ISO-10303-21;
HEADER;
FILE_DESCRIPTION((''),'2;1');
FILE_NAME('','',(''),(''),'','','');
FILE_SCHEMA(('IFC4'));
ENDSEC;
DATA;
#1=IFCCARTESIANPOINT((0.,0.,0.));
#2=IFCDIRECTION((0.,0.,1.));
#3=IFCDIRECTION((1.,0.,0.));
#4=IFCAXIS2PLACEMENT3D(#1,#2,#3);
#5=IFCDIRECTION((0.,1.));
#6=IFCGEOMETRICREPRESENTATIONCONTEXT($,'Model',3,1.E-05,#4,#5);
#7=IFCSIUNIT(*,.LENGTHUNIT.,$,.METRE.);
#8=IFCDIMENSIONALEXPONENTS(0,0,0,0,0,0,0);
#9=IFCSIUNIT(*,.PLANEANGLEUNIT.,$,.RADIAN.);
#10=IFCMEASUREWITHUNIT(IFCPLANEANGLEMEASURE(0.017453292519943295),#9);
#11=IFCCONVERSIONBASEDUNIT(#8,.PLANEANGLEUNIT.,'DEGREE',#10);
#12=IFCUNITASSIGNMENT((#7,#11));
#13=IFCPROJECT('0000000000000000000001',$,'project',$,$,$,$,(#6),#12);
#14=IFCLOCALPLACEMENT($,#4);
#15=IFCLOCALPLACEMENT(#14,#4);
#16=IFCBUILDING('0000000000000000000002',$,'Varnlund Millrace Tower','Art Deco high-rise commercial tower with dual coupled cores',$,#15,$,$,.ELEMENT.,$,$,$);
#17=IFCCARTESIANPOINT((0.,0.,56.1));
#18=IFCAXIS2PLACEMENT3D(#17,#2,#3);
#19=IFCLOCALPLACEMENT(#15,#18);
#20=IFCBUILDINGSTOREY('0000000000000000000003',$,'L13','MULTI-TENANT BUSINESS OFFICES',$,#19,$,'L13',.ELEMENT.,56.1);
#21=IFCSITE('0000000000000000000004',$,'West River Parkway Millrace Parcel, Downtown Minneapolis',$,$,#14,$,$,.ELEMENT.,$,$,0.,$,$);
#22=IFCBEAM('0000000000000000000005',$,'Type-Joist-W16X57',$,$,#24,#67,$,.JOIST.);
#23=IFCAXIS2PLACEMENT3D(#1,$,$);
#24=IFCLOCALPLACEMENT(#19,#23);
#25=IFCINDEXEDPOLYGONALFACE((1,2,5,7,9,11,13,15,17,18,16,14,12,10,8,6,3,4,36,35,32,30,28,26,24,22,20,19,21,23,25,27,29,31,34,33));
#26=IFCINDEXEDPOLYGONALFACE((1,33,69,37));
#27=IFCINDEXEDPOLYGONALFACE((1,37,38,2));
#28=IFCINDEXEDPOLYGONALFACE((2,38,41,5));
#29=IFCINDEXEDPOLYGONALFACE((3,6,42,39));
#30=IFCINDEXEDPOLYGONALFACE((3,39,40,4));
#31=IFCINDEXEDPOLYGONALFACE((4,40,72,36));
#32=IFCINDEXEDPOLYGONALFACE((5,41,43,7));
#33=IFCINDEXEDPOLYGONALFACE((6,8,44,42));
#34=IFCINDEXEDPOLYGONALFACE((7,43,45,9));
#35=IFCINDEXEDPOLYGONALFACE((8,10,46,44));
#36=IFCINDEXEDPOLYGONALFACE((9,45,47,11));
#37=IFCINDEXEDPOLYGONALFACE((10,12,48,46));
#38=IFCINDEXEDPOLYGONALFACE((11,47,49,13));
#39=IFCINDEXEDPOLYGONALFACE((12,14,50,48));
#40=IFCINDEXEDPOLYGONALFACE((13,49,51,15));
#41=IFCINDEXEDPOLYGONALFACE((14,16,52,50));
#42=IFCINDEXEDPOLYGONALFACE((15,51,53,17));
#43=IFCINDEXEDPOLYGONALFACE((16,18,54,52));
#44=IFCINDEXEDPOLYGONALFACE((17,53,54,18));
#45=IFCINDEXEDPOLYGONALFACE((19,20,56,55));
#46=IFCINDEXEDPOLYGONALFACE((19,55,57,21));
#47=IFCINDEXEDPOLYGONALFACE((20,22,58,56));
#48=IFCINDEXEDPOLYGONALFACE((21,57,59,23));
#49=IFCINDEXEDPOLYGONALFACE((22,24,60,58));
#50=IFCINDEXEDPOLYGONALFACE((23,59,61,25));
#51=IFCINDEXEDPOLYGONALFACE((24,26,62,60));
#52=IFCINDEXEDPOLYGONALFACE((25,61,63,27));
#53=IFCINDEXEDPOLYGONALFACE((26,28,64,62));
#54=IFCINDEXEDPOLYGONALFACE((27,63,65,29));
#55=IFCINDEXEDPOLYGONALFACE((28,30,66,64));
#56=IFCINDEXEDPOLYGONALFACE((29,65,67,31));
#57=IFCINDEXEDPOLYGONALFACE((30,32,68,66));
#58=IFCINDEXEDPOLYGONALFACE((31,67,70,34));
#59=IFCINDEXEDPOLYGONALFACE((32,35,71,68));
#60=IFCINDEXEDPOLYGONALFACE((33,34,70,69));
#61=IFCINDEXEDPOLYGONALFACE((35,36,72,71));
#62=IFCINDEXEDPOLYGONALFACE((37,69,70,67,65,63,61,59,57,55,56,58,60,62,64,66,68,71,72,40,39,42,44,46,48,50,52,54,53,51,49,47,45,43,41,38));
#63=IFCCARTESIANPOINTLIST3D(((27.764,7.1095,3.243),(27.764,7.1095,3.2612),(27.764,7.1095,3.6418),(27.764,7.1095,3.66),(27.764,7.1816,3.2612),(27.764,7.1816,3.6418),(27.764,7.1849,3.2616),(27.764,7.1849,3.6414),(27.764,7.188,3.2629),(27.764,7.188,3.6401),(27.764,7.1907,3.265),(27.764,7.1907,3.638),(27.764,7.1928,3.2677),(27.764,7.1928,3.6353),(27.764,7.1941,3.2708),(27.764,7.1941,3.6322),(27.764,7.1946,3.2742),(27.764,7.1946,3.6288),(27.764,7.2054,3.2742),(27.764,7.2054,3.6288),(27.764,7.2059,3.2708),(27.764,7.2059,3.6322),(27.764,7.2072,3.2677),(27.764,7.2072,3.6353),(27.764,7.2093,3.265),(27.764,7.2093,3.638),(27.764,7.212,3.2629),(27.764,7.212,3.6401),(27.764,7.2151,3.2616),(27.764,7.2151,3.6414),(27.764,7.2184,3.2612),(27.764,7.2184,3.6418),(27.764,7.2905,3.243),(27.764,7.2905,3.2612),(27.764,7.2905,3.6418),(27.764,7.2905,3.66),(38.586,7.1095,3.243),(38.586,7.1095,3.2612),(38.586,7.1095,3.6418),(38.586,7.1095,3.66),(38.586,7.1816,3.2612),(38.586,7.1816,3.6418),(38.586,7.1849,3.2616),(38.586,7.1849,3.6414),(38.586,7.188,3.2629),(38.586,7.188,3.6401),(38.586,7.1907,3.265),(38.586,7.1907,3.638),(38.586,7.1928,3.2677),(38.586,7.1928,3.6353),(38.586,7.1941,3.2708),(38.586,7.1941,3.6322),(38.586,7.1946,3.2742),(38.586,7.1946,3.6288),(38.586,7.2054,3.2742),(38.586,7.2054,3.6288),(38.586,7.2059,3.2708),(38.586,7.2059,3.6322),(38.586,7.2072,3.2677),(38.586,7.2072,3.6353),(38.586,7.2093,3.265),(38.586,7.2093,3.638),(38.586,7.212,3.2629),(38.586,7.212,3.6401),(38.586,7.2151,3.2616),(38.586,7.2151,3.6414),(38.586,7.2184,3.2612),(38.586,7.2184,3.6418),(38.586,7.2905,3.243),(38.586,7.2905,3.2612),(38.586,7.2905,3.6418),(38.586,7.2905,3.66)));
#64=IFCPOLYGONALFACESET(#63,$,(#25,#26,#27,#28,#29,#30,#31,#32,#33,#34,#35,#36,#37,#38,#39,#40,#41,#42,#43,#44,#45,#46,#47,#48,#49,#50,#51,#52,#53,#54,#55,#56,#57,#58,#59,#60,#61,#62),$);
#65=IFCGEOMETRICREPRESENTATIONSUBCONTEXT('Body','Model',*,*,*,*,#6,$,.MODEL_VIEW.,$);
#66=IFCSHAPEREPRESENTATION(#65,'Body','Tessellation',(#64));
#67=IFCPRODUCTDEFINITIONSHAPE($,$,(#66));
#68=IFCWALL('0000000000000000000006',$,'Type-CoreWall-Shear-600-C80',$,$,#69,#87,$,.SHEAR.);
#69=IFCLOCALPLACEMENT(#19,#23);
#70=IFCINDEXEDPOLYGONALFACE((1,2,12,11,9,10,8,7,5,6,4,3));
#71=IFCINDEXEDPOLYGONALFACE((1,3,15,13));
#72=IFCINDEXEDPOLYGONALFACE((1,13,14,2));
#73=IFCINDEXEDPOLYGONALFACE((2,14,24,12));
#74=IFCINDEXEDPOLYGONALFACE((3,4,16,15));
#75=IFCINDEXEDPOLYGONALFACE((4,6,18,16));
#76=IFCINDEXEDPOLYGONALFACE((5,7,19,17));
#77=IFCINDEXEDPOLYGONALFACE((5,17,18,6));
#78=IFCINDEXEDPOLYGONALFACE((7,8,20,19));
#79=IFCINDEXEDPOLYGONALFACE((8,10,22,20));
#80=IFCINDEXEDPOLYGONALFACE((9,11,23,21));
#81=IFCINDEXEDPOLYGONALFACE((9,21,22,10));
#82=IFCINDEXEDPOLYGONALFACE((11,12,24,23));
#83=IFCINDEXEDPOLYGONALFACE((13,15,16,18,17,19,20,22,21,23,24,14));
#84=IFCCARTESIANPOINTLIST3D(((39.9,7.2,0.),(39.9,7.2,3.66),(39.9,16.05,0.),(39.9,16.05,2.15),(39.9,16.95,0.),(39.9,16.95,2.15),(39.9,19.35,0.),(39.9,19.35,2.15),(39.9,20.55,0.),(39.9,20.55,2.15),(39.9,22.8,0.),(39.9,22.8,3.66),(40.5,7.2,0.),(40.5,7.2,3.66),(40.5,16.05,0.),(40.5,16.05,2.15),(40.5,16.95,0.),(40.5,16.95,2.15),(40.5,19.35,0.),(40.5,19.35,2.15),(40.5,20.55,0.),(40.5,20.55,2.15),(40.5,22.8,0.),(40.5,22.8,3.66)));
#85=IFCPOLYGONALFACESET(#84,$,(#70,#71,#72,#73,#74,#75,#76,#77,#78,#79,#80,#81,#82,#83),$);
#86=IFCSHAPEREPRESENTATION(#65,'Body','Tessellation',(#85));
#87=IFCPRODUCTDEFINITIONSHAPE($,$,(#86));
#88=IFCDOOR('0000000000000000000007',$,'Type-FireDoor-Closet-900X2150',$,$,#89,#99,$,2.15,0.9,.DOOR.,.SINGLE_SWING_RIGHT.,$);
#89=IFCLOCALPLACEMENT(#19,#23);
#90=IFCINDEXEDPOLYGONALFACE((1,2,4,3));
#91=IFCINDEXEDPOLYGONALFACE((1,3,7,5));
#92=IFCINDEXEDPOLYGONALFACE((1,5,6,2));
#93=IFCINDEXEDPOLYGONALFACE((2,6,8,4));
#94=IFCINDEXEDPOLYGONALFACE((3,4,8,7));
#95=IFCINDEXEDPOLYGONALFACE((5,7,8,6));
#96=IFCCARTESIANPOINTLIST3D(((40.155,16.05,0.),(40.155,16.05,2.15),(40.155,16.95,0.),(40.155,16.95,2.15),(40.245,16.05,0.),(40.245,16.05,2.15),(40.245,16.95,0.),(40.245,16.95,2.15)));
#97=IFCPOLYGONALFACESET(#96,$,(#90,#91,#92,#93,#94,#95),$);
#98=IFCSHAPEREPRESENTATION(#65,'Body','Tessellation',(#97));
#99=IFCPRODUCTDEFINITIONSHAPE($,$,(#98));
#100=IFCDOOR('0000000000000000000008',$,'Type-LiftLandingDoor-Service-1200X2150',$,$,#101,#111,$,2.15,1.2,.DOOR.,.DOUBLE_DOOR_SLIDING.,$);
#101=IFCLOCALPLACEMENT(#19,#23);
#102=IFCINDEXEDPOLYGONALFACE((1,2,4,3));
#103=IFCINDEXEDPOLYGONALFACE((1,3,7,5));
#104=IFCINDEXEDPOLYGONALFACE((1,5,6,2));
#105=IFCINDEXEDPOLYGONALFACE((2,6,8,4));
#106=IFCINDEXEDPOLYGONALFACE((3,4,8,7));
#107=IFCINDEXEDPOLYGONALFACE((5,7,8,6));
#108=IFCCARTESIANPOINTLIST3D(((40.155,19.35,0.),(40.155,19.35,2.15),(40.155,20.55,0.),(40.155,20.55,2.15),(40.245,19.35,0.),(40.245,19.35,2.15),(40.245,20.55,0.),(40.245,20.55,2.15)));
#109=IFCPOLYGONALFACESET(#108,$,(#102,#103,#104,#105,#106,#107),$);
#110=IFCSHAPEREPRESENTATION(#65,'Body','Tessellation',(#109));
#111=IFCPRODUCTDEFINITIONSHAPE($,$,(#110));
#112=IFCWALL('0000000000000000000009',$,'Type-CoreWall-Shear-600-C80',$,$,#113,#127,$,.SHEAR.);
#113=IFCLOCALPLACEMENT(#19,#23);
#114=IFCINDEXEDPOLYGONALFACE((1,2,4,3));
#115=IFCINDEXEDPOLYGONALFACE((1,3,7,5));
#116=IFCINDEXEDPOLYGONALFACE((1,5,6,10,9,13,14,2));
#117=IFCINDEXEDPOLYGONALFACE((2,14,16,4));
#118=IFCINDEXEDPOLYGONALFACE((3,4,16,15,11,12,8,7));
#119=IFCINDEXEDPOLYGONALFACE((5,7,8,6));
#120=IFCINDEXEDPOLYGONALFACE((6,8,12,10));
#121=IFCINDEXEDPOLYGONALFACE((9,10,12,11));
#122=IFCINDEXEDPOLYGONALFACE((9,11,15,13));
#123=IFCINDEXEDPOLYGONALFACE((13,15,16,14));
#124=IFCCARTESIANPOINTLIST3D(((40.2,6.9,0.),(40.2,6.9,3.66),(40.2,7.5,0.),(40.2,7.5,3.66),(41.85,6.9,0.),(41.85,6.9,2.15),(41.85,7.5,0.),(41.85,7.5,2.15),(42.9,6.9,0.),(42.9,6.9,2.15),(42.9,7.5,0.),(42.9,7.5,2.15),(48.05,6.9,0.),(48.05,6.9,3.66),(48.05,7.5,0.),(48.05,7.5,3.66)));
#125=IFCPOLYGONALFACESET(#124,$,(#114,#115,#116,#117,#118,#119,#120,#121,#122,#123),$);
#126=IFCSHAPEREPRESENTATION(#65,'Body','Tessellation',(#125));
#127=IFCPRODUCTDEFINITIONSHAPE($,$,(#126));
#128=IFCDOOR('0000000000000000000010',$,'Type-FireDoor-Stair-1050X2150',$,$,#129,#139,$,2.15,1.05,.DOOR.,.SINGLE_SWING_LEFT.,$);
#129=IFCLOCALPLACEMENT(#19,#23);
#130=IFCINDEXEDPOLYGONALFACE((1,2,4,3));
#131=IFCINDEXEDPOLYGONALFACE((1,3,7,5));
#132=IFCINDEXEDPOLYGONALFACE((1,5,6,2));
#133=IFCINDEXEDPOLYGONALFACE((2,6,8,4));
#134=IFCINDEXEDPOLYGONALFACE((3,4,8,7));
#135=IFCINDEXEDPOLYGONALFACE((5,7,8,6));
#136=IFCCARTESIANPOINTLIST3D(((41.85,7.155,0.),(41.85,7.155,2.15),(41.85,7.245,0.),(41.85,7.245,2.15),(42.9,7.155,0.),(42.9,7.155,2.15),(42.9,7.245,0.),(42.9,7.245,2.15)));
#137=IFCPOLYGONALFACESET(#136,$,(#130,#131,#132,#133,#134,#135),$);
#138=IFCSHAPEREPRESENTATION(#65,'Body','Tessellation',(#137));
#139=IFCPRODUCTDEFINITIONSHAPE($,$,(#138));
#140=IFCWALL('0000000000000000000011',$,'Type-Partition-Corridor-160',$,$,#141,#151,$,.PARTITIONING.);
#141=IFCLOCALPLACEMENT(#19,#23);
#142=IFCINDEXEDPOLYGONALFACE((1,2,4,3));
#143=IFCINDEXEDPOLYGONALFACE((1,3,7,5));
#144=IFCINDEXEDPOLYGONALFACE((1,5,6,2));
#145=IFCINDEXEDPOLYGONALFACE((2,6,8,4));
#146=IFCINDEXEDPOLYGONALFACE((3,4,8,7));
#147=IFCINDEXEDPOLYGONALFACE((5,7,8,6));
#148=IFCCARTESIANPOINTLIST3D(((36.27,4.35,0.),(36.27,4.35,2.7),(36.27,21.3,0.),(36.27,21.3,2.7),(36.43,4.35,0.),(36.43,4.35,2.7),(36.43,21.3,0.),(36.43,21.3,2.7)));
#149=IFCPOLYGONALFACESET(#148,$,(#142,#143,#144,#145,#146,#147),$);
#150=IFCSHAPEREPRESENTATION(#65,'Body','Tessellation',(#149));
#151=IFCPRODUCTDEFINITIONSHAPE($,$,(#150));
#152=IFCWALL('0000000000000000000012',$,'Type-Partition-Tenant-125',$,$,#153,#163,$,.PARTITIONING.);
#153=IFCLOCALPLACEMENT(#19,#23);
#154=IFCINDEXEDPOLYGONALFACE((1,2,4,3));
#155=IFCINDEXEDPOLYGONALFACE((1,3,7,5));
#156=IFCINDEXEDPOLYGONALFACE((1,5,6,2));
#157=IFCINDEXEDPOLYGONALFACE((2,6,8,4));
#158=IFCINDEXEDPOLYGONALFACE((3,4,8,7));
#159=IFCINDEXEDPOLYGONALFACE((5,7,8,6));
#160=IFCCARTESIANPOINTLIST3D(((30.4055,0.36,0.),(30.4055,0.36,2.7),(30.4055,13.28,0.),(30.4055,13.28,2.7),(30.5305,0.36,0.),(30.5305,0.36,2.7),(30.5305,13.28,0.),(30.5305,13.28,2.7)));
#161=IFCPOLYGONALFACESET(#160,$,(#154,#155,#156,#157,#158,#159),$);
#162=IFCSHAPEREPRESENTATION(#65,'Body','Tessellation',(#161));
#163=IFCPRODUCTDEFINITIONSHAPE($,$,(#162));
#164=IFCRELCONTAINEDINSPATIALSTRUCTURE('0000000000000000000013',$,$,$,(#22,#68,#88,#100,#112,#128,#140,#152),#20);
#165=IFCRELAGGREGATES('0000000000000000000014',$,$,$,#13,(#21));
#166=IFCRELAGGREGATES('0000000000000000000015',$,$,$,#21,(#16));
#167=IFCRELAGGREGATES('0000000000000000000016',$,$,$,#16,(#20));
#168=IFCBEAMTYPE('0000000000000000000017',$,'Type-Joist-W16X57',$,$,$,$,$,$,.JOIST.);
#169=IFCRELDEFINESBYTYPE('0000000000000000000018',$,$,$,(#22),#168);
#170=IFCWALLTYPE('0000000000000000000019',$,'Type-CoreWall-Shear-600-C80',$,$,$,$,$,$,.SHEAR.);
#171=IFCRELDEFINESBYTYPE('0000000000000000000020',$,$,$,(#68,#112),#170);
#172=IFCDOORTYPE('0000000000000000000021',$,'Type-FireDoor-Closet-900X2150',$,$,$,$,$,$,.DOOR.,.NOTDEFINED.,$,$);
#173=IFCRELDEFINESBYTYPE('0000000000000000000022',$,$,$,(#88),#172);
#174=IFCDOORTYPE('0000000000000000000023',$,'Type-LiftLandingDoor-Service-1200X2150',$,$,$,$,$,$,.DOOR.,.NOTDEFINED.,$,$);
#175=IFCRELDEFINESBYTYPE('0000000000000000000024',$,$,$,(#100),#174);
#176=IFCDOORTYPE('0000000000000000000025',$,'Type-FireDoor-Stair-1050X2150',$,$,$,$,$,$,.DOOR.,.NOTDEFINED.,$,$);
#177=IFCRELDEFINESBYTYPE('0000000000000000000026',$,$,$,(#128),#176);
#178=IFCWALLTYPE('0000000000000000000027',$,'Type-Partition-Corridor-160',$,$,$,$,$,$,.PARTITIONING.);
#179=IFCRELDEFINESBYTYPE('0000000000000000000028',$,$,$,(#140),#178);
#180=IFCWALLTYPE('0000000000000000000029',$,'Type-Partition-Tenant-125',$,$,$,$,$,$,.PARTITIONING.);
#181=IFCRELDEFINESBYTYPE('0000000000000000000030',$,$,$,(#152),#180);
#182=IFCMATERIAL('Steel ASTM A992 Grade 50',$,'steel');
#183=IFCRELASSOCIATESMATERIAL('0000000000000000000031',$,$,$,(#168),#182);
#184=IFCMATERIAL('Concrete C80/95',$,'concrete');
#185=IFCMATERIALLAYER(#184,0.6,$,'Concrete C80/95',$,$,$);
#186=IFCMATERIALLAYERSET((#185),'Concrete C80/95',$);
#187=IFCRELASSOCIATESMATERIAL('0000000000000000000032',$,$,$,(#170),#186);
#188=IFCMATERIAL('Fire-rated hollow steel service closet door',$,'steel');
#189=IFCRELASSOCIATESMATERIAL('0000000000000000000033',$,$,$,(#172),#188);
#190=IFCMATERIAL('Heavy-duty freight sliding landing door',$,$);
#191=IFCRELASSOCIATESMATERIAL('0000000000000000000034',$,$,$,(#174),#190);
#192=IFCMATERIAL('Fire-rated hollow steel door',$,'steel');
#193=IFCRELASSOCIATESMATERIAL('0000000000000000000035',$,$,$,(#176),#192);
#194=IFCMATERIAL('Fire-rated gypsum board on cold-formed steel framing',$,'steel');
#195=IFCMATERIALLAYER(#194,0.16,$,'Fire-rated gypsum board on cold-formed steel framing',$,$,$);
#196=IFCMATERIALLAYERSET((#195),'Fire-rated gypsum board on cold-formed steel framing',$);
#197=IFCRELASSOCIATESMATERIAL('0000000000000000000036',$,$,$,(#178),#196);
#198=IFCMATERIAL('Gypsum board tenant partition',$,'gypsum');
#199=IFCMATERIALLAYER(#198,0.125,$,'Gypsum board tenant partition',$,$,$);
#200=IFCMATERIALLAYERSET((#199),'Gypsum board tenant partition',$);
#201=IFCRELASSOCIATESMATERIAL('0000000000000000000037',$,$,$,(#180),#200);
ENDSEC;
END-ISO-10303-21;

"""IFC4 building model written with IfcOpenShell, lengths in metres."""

from ifc_helpers import new_model, entity, si_unit, converted_unit, direction, frame, origin_with_axes, origin_2d_with_axis, place, context, subcontext, project, spatial, polyline, rectangle, i_section, outline, extrude, material, layer, layer_set, material_profile, profile_set, type_object, element, fill, save


model = new_model("IFC4")

# Units and contexts
model_context = context("Model", 3, precision=1e-05, world=origin_with_axes(), true_north=direction((0.0, 1.0)))
body_context = subcontext(model_context, "Body", "Model", "MODEL_VIEW")
ifc_project = project(units=[si_unit("LENGTHUNIT", "METRE"), converted_unit("PLANEANGLEUNIT", "DEGREE", entity("IfcPlaneAngleMeasure", 0.017453292519943295), si_unit("PLANEANGLEUNIT", "RADIAN"), dimensions=[0, 0, 0, 0, 0, 0, 0])], contexts=[model_context])

# Site, building, storey
site_placement = place(None, origin_with_axes())
site = spatial("IfcSite", under=ifc_project, at=site_placement, Name="West River Parkway Millrace Parcel, Downtown Minneapolis", CompositionType="ELEMENT", RefElevation=0.0)
building_placement = place(site_placement, origin_with_axes())
building = spatial("IfcBuilding", under=site, at=building_placement, Name="Varnlund Millrace Tower", Description="Art Deco high-rise commercial tower with dual coupled cores", CompositionType="ELEMENT")
storey_placement = place(building_placement, frame((0.0, 0.0, 56.1), z_axis=(0.0, 0.0, 1.0), x_axis=(1.0, 0.0, 0.0)))
storey = spatial("IfcBuildingStorey", under=building, at=storey_placement, Name="L13", Description="MULTI-TENANT BUSINESS OFFICES", LongName="L13", CompositionType="ELEMENT", Elevation=56.1)

# Shared definitions
ifc_material_1 = material(Name="Concrete C80/95", Category="concrete")

# Beam
ifc_material_2 = material(Name="Steel ASTM A992 Grade 50", Category="steel")
ifc_material_profile_1 = material_profile(ifc_material_2, i_section(OverallWidth=0.181, OverallDepth=0.417, WebThickness=0.0109, FlangeThickness=0.0182, FilletRadius=0.013, at=origin_2d_with_axis()), Name="Steel ASTM A992 Grade 50")
ifc_profile_set_1 = profile_set([ifc_material_profile_1], Name="Steel ASTM A992 Grade 50")
beam_type_1 = type_object("IfcBeamType", Name="Type-Joist-W16X57", PredefinedType="JOIST", material=ifc_profile_set_1)
beam_1_placement = place(storey_placement, frame((27.764, 7.2, 3.4515), z_axis=(1.0, 0.0, 0.0), x_axis=(0.0, 1.0, 0.0)))
element("IfcBeam", 1, at=beam_1_placement, inside=storey, type_object=beam_type_1, Name="Type-Joist-W16X57", PredefinedType="JOIST", context=body_context, shape_type="SweptSolid", body=[
    extrude(i_section(OverallWidth=0.181, OverallDepth=0.417, WebThickness=0.0109, FlangeThickness=0.0182, FilletRadius=0.013, at=origin_2d_with_axis()), origin_with_axes(), (0.0, 0.0, 1.0), 10.822),
])

# Wall, openings, doors
ifc_layer_1 = layer(ifc_material_1, 0.6, Name="Concrete C80/95")
ifc_layer_set_1 = layer_set([ifc_layer_1], Name="Concrete C80/95")
wall_type_1 = type_object("IfcWallType", Name="Type-CoreWall-Shear-600-C80", PredefinedType="SHEAR", material=ifc_layer_set_1)
wall_1_placement = place(storey_placement, frame((40.2, 7.2, 0.0), z_axis=(0.0, 0.0, 1.0), x_axis=(0.0, 1.0, 0.0)))
wall_1 = element("IfcWall", 2, at=wall_1_placement, inside=storey, type_object=wall_type_1, Name="Type-CoreWall-Shear-600-C80", PredefinedType="SHEAR", context=body_context, shape_type="SweptSolid", body=[
    extrude(outline(polyline([(0.0, -0.3), (15.6, -0.3), (15.6, 0.3), (0.0, 0.3), (0.0, -0.3)])), origin_with_axes(), (0.0, 0.0, 1.0), 3.66),
])
opening_1_placement = place(wall_1_placement, frame((12.75, 0.0, 0.0), z_axis=(0.0, 0.0, 1.0), x_axis=(1.0, 0.0, 0.0)))
opening_1 = element("IfcOpeningElement", 3, at=opening_1_placement, cuts=wall_1, PredefinedType="OPENING", context=body_context, shape_type="SweptSolid", body=[
    extrude(rectangle(XDim=1.2, YDim=0.62, at=origin_2d_with_axis()), origin_with_axes(), (0.0, 0.0, 1.0), 2.15),
])
opening_2_placement = place(wall_1_placement, frame((9.3, 0.0, 0.0), z_axis=(0.0, 0.0, 1.0), x_axis=(1.0, 0.0, 0.0)))
opening_2 = element("IfcOpeningElement", 4, at=opening_2_placement, cuts=wall_1, PredefinedType="OPENING", context=body_context, shape_type="SweptSolid", body=[
    extrude(rectangle(XDim=0.9, YDim=0.62, at=origin_2d_with_axis()), origin_with_axes(), (0.0, 0.0, 1.0), 2.15),
])
ifc_material_3 = material(Name="Fire-rated hollow steel service closet door", Category="steel")
door_type_1 = type_object("IfcDoorType", Name="Type-FireDoor-Closet-900X2150", OperationType="NOTDEFINED", PredefinedType="DOOR", material=ifc_material_3)
door_1_placement = place(wall_1_placement, frame((9.3, 0.0, 0.0), z_axis=(0.0, 0.0, 1.0), x_axis=(1.0, 0.0, 0.0)))
door_1 = element("IfcDoor", 5, at=door_1_placement, inside=storey, type_object=door_type_1, Name="Type-FireDoor-Closet-900X2150", OperationType="SINGLE_SWING_RIGHT", OverallHeight=2.15, OverallWidth=0.9, PredefinedType="DOOR", context=body_context, shape_type="SweptSolid", body=[
    extrude(rectangle(XDim=0.9, YDim=0.09, at=origin_2d_with_axis()), origin_with_axes(), (0.0, 0.0, 1.0), 2.15),
])
fill(opening_2, door_1)
ifc_material_4 = material(Name="Heavy-duty freight sliding landing door")
door_type_2 = type_object("IfcDoorType", Name="Type-LiftLandingDoor-Service-1200X2150", OperationType="NOTDEFINED", PredefinedType="DOOR", material=ifc_material_4)
door_2_placement = place(wall_1_placement, frame((12.75, 0.0, 0.0), z_axis=(0.0, 0.0, 1.0), x_axis=(1.0, 0.0, 0.0)))
door_2 = element("IfcDoor", 6, at=door_2_placement, inside=storey, type_object=door_type_2, Name="Type-LiftLandingDoor-Service-1200X2150", OperationType="DOUBLE_DOOR_SLIDING", OverallHeight=2.15, OverallWidth=1.2, PredefinedType="DOOR", context=body_context, shape_type="SweptSolid", body=[
    extrude(rectangle(XDim=1.2, YDim=0.09, at=origin_2d_with_axis()), origin_with_axes(), (0.0, 0.0, 1.0), 2.15),
])
fill(opening_1, door_2)

# Wall, opening, door
wall_2_placement = place(storey_placement, frame((40.2, 7.2, 0.0), z_axis=(0.0, 0.0, 1.0), x_axis=(1.0, 0.0, 0.0)))
wall_2 = element("IfcWall", 7, at=wall_2_placement, inside=storey, type_object=wall_type_1, Name="Type-CoreWall-Shear-600-C80", PredefinedType="SHEAR", context=body_context, shape_type="SweptSolid", body=[
    extrude(outline(polyline([(0.0, -0.3), (7.85, -0.3), (7.85, 0.3), (0.0, 0.3), (0.0, -0.3)])), origin_with_axes(), (0.0, 0.0, 1.0), 3.66),
])
opening_3_placement = place(wall_2_placement, frame((2.175, 0.0, 0.0), z_axis=(0.0, 0.0, 1.0), x_axis=(1.0, 0.0, 0.0)))
opening_3 = element("IfcOpeningElement", 8, at=opening_3_placement, cuts=wall_2, PredefinedType="OPENING", context=body_context, shape_type="SweptSolid", body=[
    extrude(rectangle(XDim=1.05, YDim=0.62, at=origin_2d_with_axis()), origin_with_axes(), (0.0, 0.0, 1.0), 2.15),
])
ifc_material_5 = material(Name="Fire-rated hollow steel door", Category="steel")
door_type_3 = type_object("IfcDoorType", Name="Type-FireDoor-Stair-1050X2150", OperationType="NOTDEFINED", PredefinedType="DOOR", material=ifc_material_5)
door_3_placement = place(wall_2_placement, frame((2.175, 0.0, 0.0), z_axis=(0.0, 0.0, 1.0), x_axis=(1.0, 0.0, 0.0)))
door_3 = element("IfcDoor", 9, at=door_3_placement, inside=storey, type_object=door_type_3, Name="Type-FireDoor-Stair-1050X2150", OperationType="SINGLE_SWING_LEFT", OverallHeight=2.15, OverallWidth=1.05, PredefinedType="DOOR", context=body_context, shape_type="SweptSolid", body=[
    extrude(rectangle(XDim=1.05, YDim=0.09, at=origin_2d_with_axis()), origin_with_axes(), (0.0, 0.0, 1.0), 2.15),
])
fill(opening_3, door_3)

# Walls
ifc_material_6 = material(Name="Fire-rated gypsum board on cold-formed steel framing", Category="steel")
ifc_layer_2 = layer(ifc_material_6, 0.16, Name="Fire-rated gypsum board on cold-formed steel framing")
ifc_layer_set_2 = layer_set([ifc_layer_2], Name="Fire-rated gypsum board on cold-formed steel framing")
wall_type_2 = type_object("IfcWallType", Name="Type-Partition-Corridor-160", PredefinedType="PARTITIONING", material=ifc_layer_set_2)
wall_3_placement = place(storey_placement, frame((36.35, 4.35, 0.0), z_axis=(0.0, 0.0, 1.0), x_axis=(0.0, 1.0, 0.0)))
element("IfcWall", 10, at=wall_3_placement, inside=storey, type_object=wall_type_2, Name="Type-Partition-Corridor-160", PredefinedType="PARTITIONING", context=body_context, shape_type="SweptSolid", body=[
    extrude(outline(polyline([(0.0, -0.08), (16.95, -0.08), (16.95, 0.08), (0.0, 0.08), (0.0, -0.08)])), origin_with_axes(), (0.0, 0.0, 1.0), 2.7),
])
ifc_material_7 = material(Name="Gypsum board tenant partition", Category="gypsum")
ifc_layer_3 = layer(ifc_material_7, 0.125, Name="Gypsum board tenant partition")
ifc_layer_set_3 = layer_set([ifc_layer_3], Name="Gypsum board tenant partition")
wall_type_3 = type_object("IfcWallType", Name="Type-Partition-Tenant-125", PredefinedType="PARTITIONING", material=ifc_layer_set_3)
wall_4_placement = place(storey_placement, frame((30.468, 0.36, 0.0), z_axis=(0.0, 0.0, 1.0), x_axis=(0.0, 1.0, 0.0)))
element("IfcWall", 11, at=wall_4_placement, inside=storey, type_object=wall_type_3, Name="Type-Partition-Tenant-125", PredefinedType="PARTITIONING", context=body_context, shape_type="SweptSolid", body=[
    extrude(outline(polyline([(0.0, -0.0625), (12.92, -0.0625), (12.92, 0.0625), (0.0, 0.0625), (0.0, -0.0625)])), origin_with_axes(), (0.0, 0.0, 1.0), 2.7),
])

save(model, "model.ifc")
